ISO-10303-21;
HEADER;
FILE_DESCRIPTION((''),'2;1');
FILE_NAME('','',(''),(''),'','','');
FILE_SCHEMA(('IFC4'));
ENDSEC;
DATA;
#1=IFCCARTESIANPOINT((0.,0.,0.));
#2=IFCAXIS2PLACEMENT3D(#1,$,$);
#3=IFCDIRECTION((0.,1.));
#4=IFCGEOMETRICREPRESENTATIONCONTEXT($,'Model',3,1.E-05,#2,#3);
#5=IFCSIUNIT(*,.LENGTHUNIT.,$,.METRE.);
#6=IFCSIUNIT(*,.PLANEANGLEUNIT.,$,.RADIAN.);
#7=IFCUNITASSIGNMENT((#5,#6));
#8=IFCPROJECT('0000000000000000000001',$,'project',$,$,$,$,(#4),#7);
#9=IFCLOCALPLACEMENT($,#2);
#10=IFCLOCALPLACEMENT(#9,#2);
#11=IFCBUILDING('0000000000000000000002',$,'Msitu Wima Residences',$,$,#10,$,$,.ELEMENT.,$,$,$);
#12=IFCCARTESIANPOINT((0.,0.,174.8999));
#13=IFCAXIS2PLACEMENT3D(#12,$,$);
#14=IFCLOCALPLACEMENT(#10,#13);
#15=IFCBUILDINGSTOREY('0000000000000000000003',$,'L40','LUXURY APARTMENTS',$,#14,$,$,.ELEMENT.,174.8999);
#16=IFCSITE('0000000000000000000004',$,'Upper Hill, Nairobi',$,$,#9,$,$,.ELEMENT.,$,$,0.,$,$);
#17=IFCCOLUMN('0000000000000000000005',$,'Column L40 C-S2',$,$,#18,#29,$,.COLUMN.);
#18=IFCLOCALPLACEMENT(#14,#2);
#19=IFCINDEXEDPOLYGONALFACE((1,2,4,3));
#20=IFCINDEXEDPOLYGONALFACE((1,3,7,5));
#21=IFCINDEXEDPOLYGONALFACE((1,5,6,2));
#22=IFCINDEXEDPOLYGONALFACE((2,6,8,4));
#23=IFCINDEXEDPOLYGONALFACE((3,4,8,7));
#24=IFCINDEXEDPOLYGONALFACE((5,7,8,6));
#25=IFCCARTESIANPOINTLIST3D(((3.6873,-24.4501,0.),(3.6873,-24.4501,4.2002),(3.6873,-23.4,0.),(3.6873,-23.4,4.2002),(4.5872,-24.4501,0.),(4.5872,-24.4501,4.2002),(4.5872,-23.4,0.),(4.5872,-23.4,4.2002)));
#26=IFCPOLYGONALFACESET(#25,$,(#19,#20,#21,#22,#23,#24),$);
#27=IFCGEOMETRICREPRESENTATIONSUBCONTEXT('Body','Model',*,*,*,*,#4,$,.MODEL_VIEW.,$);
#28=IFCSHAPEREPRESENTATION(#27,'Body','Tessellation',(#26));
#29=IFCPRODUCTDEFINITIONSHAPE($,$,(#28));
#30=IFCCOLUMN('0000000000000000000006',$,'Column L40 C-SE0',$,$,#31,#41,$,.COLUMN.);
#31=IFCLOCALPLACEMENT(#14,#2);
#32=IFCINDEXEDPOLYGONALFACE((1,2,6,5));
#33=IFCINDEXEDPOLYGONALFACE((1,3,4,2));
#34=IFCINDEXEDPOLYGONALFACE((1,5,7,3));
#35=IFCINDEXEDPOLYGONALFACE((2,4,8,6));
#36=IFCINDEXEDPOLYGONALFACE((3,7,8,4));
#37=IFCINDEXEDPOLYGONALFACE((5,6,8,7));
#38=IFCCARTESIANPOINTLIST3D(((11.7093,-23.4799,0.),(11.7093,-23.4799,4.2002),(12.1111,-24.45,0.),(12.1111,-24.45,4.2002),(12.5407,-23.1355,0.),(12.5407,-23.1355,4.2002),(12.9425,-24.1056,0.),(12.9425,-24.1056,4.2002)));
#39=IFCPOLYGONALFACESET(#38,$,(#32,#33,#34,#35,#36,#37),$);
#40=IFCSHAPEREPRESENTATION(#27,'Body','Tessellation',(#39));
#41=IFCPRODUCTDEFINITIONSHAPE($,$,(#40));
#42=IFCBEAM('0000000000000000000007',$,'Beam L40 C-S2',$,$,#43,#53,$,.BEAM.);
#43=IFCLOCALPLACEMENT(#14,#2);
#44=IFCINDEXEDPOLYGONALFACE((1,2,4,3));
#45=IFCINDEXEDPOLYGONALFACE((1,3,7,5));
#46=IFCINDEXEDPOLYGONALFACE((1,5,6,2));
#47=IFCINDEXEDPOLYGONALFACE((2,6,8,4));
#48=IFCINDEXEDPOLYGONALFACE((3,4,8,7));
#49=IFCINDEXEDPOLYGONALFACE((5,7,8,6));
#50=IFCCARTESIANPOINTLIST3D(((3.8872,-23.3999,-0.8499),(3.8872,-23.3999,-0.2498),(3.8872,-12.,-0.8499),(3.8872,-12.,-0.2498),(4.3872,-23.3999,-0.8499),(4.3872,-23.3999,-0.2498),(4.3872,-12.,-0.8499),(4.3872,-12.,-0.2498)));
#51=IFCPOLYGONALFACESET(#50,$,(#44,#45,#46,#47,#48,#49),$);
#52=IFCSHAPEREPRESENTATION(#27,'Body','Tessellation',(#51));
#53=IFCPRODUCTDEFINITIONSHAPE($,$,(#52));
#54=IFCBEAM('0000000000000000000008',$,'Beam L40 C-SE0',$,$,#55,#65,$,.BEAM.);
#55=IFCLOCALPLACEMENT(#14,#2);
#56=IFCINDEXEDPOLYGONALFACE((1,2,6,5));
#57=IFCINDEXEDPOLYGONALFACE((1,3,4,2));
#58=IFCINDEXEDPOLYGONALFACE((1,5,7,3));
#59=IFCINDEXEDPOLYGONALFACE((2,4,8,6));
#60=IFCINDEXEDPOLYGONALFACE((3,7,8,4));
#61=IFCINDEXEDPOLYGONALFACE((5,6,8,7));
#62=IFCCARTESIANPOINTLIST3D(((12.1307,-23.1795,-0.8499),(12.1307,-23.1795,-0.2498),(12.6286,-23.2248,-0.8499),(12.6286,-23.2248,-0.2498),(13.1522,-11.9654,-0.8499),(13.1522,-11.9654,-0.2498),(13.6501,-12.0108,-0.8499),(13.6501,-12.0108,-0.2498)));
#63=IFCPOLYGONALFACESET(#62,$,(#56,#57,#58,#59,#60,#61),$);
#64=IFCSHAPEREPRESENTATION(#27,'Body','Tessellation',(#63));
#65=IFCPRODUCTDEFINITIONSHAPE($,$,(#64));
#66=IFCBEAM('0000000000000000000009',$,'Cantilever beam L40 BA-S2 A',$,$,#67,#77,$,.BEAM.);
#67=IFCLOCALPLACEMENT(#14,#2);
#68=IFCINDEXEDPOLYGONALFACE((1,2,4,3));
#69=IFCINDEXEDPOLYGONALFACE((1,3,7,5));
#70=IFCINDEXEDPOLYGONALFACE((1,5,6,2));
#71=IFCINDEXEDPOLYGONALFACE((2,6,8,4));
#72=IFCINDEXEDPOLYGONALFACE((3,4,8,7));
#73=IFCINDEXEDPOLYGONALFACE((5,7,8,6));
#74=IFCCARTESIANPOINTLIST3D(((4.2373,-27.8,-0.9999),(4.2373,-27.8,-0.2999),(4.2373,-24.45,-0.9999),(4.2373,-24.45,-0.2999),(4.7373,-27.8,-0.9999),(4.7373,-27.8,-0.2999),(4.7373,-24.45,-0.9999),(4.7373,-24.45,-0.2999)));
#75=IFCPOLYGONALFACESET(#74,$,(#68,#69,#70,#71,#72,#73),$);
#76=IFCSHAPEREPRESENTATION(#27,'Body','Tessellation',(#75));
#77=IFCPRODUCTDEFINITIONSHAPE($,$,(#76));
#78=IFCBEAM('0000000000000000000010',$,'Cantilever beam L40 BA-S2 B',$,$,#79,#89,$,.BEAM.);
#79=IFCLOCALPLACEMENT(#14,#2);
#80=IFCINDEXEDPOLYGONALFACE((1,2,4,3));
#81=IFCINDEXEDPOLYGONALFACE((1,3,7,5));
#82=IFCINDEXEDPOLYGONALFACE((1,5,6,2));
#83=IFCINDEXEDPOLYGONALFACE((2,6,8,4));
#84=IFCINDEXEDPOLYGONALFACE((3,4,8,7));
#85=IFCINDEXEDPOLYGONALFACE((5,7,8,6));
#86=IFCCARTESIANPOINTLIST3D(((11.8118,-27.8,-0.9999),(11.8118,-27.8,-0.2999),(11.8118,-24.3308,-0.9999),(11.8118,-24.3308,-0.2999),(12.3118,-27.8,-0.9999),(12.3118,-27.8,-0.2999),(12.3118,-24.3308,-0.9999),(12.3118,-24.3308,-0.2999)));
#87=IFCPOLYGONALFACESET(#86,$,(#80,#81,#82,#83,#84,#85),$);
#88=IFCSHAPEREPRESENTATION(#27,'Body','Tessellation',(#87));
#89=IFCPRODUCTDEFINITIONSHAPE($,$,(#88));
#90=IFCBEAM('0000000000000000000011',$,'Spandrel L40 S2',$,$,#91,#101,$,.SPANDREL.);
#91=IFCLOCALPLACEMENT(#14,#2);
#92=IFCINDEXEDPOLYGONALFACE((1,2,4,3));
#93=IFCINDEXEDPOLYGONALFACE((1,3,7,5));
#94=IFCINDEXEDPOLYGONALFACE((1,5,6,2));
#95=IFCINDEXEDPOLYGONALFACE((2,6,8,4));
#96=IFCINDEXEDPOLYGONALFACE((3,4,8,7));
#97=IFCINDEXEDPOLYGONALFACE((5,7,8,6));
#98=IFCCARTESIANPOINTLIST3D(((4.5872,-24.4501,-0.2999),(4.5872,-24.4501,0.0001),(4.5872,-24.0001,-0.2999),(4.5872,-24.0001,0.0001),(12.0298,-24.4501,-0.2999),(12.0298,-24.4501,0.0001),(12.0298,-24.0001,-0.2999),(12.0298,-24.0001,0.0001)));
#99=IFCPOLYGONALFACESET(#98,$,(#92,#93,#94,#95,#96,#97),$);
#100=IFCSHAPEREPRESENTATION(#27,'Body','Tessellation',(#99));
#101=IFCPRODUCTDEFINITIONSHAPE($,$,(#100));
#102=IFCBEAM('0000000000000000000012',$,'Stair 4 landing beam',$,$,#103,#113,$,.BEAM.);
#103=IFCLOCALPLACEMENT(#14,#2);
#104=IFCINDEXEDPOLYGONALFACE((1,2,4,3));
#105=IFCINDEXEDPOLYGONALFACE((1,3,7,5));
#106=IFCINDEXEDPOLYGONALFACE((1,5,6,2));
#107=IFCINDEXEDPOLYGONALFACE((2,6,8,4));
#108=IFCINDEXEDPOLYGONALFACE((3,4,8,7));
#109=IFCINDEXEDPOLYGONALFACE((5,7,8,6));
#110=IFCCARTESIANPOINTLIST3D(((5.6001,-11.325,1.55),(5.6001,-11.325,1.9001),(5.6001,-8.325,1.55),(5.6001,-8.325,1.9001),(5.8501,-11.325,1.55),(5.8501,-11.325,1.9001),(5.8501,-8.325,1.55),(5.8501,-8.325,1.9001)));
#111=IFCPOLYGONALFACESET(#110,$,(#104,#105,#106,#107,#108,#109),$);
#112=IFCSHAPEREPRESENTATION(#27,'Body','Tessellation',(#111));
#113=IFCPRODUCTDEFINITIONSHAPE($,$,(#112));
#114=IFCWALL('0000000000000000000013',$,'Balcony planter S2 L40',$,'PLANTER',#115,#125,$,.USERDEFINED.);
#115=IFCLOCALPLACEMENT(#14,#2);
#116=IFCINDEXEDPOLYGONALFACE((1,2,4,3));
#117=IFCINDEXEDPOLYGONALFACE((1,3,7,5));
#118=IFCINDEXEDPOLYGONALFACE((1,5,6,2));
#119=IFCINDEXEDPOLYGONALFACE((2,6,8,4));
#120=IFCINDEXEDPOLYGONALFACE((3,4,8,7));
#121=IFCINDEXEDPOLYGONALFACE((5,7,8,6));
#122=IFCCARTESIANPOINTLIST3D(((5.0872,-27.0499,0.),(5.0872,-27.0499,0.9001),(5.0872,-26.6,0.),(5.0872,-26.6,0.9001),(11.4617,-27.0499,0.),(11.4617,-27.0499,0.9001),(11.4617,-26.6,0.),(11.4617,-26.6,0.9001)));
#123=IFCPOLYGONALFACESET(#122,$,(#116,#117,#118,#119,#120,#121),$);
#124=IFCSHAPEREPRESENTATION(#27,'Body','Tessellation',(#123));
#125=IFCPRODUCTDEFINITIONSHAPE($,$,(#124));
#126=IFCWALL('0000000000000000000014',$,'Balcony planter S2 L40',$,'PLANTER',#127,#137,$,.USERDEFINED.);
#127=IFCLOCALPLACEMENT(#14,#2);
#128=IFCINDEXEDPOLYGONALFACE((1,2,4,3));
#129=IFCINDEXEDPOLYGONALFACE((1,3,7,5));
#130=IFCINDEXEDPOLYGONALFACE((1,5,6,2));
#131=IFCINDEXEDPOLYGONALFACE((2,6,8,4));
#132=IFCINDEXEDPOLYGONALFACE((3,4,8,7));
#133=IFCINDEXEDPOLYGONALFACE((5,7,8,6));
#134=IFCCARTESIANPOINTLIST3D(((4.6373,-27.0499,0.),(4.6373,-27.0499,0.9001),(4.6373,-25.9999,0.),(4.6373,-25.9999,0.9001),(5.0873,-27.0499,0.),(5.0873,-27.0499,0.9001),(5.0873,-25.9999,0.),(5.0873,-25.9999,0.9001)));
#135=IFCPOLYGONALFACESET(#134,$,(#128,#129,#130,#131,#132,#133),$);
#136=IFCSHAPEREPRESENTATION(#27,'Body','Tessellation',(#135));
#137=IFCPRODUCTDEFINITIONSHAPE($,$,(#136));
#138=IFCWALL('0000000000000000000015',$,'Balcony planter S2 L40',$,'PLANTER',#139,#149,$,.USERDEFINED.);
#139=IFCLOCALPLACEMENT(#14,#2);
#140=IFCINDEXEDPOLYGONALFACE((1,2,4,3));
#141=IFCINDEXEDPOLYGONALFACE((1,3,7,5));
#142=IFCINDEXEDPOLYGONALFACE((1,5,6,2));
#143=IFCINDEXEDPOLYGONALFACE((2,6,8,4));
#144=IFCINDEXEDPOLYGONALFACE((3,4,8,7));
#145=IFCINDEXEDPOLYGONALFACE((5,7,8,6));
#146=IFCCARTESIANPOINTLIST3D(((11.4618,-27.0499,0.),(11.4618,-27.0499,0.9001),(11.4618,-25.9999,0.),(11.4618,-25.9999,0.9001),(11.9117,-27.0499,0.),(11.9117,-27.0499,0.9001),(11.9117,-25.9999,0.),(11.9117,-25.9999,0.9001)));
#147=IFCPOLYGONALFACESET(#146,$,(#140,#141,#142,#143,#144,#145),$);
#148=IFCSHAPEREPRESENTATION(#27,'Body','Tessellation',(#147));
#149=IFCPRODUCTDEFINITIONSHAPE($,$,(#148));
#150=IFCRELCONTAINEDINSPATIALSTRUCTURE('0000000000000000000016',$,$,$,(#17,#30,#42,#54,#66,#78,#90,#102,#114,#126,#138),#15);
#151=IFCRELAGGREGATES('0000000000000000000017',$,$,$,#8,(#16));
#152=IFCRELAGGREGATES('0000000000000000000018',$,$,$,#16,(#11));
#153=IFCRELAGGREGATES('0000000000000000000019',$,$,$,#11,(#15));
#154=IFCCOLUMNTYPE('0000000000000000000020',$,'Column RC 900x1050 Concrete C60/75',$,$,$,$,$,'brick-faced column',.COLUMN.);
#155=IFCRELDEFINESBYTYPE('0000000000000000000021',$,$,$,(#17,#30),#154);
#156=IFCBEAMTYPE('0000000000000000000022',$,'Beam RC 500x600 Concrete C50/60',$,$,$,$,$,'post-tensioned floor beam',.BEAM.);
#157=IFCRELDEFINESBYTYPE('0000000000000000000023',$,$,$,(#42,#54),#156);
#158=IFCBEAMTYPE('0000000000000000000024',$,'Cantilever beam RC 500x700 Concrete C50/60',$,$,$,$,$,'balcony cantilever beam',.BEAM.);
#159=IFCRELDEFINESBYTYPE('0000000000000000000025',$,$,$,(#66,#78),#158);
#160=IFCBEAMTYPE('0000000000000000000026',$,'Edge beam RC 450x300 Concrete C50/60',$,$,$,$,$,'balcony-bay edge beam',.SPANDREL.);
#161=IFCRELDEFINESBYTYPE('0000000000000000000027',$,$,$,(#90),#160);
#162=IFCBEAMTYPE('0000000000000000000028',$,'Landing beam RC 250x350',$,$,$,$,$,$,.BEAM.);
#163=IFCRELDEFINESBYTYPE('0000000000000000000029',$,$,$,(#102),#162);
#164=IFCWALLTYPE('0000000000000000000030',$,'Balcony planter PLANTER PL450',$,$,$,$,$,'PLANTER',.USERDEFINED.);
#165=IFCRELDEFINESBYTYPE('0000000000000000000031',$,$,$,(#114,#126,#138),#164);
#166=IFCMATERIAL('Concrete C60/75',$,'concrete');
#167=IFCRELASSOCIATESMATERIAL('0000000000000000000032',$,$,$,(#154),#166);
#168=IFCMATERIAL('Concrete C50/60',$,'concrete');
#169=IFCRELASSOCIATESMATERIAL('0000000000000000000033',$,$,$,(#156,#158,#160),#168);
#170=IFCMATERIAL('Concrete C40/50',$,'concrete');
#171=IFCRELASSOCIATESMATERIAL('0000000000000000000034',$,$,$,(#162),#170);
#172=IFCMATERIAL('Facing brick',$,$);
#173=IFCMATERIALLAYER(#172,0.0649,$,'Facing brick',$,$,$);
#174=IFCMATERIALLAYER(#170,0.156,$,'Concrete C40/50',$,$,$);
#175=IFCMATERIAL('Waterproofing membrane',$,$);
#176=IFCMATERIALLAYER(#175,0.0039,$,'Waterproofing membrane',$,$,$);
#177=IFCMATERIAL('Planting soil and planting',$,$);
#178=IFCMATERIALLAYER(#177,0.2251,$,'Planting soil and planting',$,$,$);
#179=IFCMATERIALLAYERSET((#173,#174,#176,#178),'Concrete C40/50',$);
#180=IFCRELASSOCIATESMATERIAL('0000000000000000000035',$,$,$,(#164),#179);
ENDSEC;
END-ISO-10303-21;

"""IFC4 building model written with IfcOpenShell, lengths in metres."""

from ifc_helpers import new_model, si_unit, direction, frame, frame_2d, origin, origin_2d, place, context, subcontext, project, spatial, rectangle, extrude, material, layer, layer_set, material_profile, profile_set, type_object, element, save


model = new_model("IFC4")

# Units and contexts
model_context = context("Model", 3, precision=1e-05, world=origin(), true_north=direction((0.0, 1.0)))
body_context = subcontext(model_context, "Body", "Model", "MODEL_VIEW")
ifc_project = project(units=[si_unit("LENGTHUNIT", "METRE"), si_unit("PLANEANGLEUNIT", "RADIAN")], contexts=[model_context])

# Site, building, storey
site_placement = place(None, origin())
site = spatial("IfcSite", under=ifc_project, at=site_placement, Name="Upper Hill, Nairobi", CompositionType="ELEMENT", RefElevation=0.0)
building_placement = place(site_placement, origin())
building = spatial("IfcBuilding", under=site, at=building_placement, Name="Msitu Wima Residences", CompositionType="ELEMENT")
storey_placement = place(building_placement, frame((0.0, 0.0, 174.8999)))
storey = spatial("IfcBuildingStorey", under=building, at=storey_placement, Name="L40", Description="LUXURY APARTMENTS", CompositionType="ELEMENT", Elevation=174.8999)

# Columns
ifc_material_1 = material(Name="Concrete C60/75", Category="concrete")
ifc_material_profile_1 = material_profile(ifc_material_1, rectangle(XDim=0.8999, YDim=1.05, at=origin_2d()), Name="RC 900x1050")
ifc_profile_set_1 = profile_set([ifc_material_profile_1], Name="Concrete C60/75")
column_type = type_object("IfcColumnType", Name="Column RC 900x1050 Concrete C60/75", ElementType="brick-faced column", PredefinedType="COLUMN", material=ifc_profile_set_1)
for number, where, z_axis, x_axis, name in (
    (1, (4.1372, -23.925, 0.0), (0.0, 0.0, 1.0), (1.0, 0.0, 0.0), "Column L40 C-S2"),
    (2, (12.3259, -23.7927, 0.0), (0.0, 0.0, 1.0), (0.92388, 0.382683, 0.0), "Column L40 C-SE0"),
):
    element("IfcColumn", number, at=place(storey_placement, frame(where, z_axis=z_axis, x_axis=x_axis)), inside=storey, type_object=column_type, Name=name, PredefinedType="COLUMN", context=body_context, shape_type="SweptSolid", body=[
        extrude(rectangle(XDim=0.8999, YDim=1.05, at=origin_2d()), origin(), (0.0, 0.0, 1.0), 4.2002),
    ])

# Beams
ifc_material_2 = material(Name="Concrete C50/60", Category="concrete")
ifc_material_profile_2 = material_profile(ifc_material_2, rectangle(XDim=0.5, YDim=0.6001, at=origin_2d()), Name="RC 500x600")
ifc_profile_set_2 = profile_set([ifc_material_profile_2], Name="Concrete C50/60")
beam_type_1 = type_object("IfcBeamType", Name="Beam RC 500x600 Concrete C50/60", ElementType="post-tensioned floor beam", PredefinedType="BEAM", material=ifc_profile_set_2)
beam_1_placement = place(storey_placement, frame((4.1372, -23.3999, -0.5498), z_axis=(0.0, 1.0, 0.0), x_axis=(-1.0, 0.0, 0.0)))
element("IfcBeam", 3, at=beam_1_placement, inside=storey, type_object=beam_type_1, Name="Beam L40 C-S2", PredefinedType="BEAM", context=body_context, shape_type="SweptSolid", body=[
    extrude(rectangle(XDim=0.5, YDim=0.6001, at=origin_2d()), origin(), (0.0, 0.0, 1.0), 11.3999),
])
beam_2_placement = place(storey_placement, frame((12.3796, -23.2021, -0.5498), z_axis=(0.090714, 0.995877, 0.0), x_axis=(-0.995877, 0.090714, 0.0)))
element("IfcBeam", 4, at=beam_2_placement, inside=storey, type_object=beam_type_1, Name="Beam L40 C-SE0", PredefinedType="BEAM", context=body_context, shape_type="SweptSolid", body=[
    extrude(rectangle(XDim=0.5, YDim=0.6001, at=origin_2d()), origin(), (0.0, 0.0, 1.0), 11.2605),
])
ifc_material_profile_3 = material_profile(ifc_material_2, rectangle(XDim=0.5, YDim=0.7, at=origin_2d()), Name="RC 500x700")
ifc_profile_set_3 = profile_set([ifc_material_profile_3], Name="Concrete C50/60")
beam_type_2 = type_object("IfcBeamType", Name="Cantilever beam RC 500x700 Concrete C50/60", ElementType="balcony cantilever beam", PredefinedType="BEAM", material=ifc_profile_set_3)
beam_3_placement = place(storey_placement, frame((4.4873, -24.45, -0.6499), z_axis=(0.0, -1.0, 0.0), x_axis=(1.0, 0.0, 0.0)))
element("IfcBeam", 5, at=beam_3_placement, inside=storey, type_object=beam_type_2, Name="Cantilever beam L40 BA-S2 A", PredefinedType="BEAM", context=body_context, shape_type="SweptSolid", body=[
    extrude(rectangle(XDim=0.5, YDim=0.7, at=origin_2d()), origin(), (0.0, 0.0, 1.0), 3.3501),
])
beam_4_placement = place(storey_placement, frame((12.0618, -24.3308, -0.6499), z_axis=(0.0, -1.0, 0.0), x_axis=(1.0, 0.0, 0.0)))
element("IfcBeam", 6, at=beam_4_placement, inside=storey, type_object=beam_type_2, Name="Cantilever beam L40 BA-S2 B", PredefinedType="BEAM", context=body_context, shape_type="SweptSolid", body=[
    extrude(rectangle(XDim=0.5, YDim=0.7, at=origin_2d()), origin(), (0.0, 0.0, 1.0), 3.4692),
])
ifc_material_profile_4 = material_profile(ifc_material_2, rectangle(XDim=0.45, YDim=0.3, at=origin_2d()), Name="RC 450x300")
ifc_profile_set_4 = profile_set([ifc_material_profile_4], Name="Concrete C50/60")
beam_type_3 = type_object("IfcBeamType", Name="Edge beam RC 450x300 Concrete C50/60", ElementType="balcony-bay edge beam", PredefinedType="SPANDREL", material=ifc_profile_set_4)
beam_5_placement = place(storey_placement, frame((4.5872, -24.2251, -0.1499), z_axis=(1.0, 0.0, 0.0), x_axis=(0.0, 1.0, 0.0)))
element("IfcBeam", 7, at=beam_5_placement, inside=storey, type_object=beam_type_3, Name="Spandrel L40 S2", PredefinedType="SPANDREL", context=body_context, shape_type="SweptSolid", body=[
    extrude(rectangle(XDim=0.45, YDim=0.3, at=origin_2d()), origin(), (0.0, 0.0, 1.0), 7.4426),
])
ifc_material_3 = material(Name="Concrete C40/50", Category="concrete")
ifc_material_profile_5 = material_profile(ifc_material_3, rectangle(XDim=0.25, YDim=0.3501, at=origin_2d()), Name="RC 250x350")
ifc_profile_set_5 = profile_set([ifc_material_profile_5], Name="Concrete C40/50")
beam_type_4 = type_object("IfcBeamType", Name="Landing beam RC 250x350", PredefinedType="BEAM", material=ifc_profile_set_5)
beam_6_placement = place(storey_placement, frame((5.7251, -11.325, 1.7251), z_axis=(0.0, 1.0, 0.0), x_axis=(-1.0, 0.0, 0.0)))
element("IfcBeam", 8, at=beam_6_placement, inside=storey, type_object=beam_type_4, Name="Stair 4 landing beam", PredefinedType="BEAM", context=body_context, shape_type="SweptSolid", body=[
    extrude(rectangle(XDim=0.25, YDim=0.3501, at=origin_2d()), origin(), (0.0, 0.0, 1.0), 3.0),
])

# Walls
ifc_material_4 = material(Name="Facing brick")
ifc_layer_1 = layer(ifc_material_4, 0.0649, Name="Facing brick")
ifc_layer_2 = layer(ifc_material_3, 0.156, Name="Concrete C40/50")
ifc_material_5 = material(Name="Waterproofing membrane")
ifc_layer_3 = layer(ifc_material_5, 0.0039, Name="Waterproofing membrane")
ifc_material_6 = material(Name="Planting soil and planting")
ifc_layer_4 = layer(ifc_material_6, 0.2251, Name="Planting soil and planting")
ifc_layer_set_1 = layer_set([ifc_layer_1, ifc_layer_2, ifc_layer_3, ifc_layer_4], Name="Concrete C40/50")
wall_type_1 = type_object("IfcWallType", Name="Balcony planter PLANTER PL450", ElementType="PLANTER", PredefinedType="USERDEFINED", material=ifc_layer_set_1)
wall_1_placement = place(storey_placement, frame((5.0872, -26.825, 0.0), z_axis=(0.0, 0.0, 1.0), x_axis=(1.0, 0.0, 0.0)))
element("IfcWall", 9, at=wall_1_placement, inside=storey, type_object=wall_type_1, Name="Balcony planter S2 L40", ObjectType="PLANTER", PredefinedType="USERDEFINED", context=body_context, shape_type="SweptSolid", body=[
    extrude(rectangle(XDim=6.3745, YDim=0.45, at=frame_2d((3.1873, 0.0))), origin(), (0.0, 0.0, 1.0), 0.9001),
])
for number, where, z_axis, x_axis, name in (
    (10, (4.8623, -26.0, 0.0), (0.0, 0.0, 1.0), (0.0, -1.0, 0.0), "Balcony planter S2 L40"),
    (11, (11.6868, -26.0, 0.0), (0.0, 0.0, 1.0), (0.0, -1.0, 0.0), "Balcony planter S2 L40"),
):
    element("IfcWall", number, at=place(storey_placement, frame(where, z_axis=z_axis, x_axis=x_axis)), inside=storey, type_object=wall_type_1, Name=name, ObjectType="PLANTER", PredefinedType="USERDEFINED", context=body_context, shape_type="SweptSolid", body=[
        extrude(rectangle(XDim=1.05, YDim=0.45, at=frame_2d((0.5249, 0.0))), origin(), (0.0, 0.0, 1.0), 0.9001),
    ])

save(model, "model.ifc")
